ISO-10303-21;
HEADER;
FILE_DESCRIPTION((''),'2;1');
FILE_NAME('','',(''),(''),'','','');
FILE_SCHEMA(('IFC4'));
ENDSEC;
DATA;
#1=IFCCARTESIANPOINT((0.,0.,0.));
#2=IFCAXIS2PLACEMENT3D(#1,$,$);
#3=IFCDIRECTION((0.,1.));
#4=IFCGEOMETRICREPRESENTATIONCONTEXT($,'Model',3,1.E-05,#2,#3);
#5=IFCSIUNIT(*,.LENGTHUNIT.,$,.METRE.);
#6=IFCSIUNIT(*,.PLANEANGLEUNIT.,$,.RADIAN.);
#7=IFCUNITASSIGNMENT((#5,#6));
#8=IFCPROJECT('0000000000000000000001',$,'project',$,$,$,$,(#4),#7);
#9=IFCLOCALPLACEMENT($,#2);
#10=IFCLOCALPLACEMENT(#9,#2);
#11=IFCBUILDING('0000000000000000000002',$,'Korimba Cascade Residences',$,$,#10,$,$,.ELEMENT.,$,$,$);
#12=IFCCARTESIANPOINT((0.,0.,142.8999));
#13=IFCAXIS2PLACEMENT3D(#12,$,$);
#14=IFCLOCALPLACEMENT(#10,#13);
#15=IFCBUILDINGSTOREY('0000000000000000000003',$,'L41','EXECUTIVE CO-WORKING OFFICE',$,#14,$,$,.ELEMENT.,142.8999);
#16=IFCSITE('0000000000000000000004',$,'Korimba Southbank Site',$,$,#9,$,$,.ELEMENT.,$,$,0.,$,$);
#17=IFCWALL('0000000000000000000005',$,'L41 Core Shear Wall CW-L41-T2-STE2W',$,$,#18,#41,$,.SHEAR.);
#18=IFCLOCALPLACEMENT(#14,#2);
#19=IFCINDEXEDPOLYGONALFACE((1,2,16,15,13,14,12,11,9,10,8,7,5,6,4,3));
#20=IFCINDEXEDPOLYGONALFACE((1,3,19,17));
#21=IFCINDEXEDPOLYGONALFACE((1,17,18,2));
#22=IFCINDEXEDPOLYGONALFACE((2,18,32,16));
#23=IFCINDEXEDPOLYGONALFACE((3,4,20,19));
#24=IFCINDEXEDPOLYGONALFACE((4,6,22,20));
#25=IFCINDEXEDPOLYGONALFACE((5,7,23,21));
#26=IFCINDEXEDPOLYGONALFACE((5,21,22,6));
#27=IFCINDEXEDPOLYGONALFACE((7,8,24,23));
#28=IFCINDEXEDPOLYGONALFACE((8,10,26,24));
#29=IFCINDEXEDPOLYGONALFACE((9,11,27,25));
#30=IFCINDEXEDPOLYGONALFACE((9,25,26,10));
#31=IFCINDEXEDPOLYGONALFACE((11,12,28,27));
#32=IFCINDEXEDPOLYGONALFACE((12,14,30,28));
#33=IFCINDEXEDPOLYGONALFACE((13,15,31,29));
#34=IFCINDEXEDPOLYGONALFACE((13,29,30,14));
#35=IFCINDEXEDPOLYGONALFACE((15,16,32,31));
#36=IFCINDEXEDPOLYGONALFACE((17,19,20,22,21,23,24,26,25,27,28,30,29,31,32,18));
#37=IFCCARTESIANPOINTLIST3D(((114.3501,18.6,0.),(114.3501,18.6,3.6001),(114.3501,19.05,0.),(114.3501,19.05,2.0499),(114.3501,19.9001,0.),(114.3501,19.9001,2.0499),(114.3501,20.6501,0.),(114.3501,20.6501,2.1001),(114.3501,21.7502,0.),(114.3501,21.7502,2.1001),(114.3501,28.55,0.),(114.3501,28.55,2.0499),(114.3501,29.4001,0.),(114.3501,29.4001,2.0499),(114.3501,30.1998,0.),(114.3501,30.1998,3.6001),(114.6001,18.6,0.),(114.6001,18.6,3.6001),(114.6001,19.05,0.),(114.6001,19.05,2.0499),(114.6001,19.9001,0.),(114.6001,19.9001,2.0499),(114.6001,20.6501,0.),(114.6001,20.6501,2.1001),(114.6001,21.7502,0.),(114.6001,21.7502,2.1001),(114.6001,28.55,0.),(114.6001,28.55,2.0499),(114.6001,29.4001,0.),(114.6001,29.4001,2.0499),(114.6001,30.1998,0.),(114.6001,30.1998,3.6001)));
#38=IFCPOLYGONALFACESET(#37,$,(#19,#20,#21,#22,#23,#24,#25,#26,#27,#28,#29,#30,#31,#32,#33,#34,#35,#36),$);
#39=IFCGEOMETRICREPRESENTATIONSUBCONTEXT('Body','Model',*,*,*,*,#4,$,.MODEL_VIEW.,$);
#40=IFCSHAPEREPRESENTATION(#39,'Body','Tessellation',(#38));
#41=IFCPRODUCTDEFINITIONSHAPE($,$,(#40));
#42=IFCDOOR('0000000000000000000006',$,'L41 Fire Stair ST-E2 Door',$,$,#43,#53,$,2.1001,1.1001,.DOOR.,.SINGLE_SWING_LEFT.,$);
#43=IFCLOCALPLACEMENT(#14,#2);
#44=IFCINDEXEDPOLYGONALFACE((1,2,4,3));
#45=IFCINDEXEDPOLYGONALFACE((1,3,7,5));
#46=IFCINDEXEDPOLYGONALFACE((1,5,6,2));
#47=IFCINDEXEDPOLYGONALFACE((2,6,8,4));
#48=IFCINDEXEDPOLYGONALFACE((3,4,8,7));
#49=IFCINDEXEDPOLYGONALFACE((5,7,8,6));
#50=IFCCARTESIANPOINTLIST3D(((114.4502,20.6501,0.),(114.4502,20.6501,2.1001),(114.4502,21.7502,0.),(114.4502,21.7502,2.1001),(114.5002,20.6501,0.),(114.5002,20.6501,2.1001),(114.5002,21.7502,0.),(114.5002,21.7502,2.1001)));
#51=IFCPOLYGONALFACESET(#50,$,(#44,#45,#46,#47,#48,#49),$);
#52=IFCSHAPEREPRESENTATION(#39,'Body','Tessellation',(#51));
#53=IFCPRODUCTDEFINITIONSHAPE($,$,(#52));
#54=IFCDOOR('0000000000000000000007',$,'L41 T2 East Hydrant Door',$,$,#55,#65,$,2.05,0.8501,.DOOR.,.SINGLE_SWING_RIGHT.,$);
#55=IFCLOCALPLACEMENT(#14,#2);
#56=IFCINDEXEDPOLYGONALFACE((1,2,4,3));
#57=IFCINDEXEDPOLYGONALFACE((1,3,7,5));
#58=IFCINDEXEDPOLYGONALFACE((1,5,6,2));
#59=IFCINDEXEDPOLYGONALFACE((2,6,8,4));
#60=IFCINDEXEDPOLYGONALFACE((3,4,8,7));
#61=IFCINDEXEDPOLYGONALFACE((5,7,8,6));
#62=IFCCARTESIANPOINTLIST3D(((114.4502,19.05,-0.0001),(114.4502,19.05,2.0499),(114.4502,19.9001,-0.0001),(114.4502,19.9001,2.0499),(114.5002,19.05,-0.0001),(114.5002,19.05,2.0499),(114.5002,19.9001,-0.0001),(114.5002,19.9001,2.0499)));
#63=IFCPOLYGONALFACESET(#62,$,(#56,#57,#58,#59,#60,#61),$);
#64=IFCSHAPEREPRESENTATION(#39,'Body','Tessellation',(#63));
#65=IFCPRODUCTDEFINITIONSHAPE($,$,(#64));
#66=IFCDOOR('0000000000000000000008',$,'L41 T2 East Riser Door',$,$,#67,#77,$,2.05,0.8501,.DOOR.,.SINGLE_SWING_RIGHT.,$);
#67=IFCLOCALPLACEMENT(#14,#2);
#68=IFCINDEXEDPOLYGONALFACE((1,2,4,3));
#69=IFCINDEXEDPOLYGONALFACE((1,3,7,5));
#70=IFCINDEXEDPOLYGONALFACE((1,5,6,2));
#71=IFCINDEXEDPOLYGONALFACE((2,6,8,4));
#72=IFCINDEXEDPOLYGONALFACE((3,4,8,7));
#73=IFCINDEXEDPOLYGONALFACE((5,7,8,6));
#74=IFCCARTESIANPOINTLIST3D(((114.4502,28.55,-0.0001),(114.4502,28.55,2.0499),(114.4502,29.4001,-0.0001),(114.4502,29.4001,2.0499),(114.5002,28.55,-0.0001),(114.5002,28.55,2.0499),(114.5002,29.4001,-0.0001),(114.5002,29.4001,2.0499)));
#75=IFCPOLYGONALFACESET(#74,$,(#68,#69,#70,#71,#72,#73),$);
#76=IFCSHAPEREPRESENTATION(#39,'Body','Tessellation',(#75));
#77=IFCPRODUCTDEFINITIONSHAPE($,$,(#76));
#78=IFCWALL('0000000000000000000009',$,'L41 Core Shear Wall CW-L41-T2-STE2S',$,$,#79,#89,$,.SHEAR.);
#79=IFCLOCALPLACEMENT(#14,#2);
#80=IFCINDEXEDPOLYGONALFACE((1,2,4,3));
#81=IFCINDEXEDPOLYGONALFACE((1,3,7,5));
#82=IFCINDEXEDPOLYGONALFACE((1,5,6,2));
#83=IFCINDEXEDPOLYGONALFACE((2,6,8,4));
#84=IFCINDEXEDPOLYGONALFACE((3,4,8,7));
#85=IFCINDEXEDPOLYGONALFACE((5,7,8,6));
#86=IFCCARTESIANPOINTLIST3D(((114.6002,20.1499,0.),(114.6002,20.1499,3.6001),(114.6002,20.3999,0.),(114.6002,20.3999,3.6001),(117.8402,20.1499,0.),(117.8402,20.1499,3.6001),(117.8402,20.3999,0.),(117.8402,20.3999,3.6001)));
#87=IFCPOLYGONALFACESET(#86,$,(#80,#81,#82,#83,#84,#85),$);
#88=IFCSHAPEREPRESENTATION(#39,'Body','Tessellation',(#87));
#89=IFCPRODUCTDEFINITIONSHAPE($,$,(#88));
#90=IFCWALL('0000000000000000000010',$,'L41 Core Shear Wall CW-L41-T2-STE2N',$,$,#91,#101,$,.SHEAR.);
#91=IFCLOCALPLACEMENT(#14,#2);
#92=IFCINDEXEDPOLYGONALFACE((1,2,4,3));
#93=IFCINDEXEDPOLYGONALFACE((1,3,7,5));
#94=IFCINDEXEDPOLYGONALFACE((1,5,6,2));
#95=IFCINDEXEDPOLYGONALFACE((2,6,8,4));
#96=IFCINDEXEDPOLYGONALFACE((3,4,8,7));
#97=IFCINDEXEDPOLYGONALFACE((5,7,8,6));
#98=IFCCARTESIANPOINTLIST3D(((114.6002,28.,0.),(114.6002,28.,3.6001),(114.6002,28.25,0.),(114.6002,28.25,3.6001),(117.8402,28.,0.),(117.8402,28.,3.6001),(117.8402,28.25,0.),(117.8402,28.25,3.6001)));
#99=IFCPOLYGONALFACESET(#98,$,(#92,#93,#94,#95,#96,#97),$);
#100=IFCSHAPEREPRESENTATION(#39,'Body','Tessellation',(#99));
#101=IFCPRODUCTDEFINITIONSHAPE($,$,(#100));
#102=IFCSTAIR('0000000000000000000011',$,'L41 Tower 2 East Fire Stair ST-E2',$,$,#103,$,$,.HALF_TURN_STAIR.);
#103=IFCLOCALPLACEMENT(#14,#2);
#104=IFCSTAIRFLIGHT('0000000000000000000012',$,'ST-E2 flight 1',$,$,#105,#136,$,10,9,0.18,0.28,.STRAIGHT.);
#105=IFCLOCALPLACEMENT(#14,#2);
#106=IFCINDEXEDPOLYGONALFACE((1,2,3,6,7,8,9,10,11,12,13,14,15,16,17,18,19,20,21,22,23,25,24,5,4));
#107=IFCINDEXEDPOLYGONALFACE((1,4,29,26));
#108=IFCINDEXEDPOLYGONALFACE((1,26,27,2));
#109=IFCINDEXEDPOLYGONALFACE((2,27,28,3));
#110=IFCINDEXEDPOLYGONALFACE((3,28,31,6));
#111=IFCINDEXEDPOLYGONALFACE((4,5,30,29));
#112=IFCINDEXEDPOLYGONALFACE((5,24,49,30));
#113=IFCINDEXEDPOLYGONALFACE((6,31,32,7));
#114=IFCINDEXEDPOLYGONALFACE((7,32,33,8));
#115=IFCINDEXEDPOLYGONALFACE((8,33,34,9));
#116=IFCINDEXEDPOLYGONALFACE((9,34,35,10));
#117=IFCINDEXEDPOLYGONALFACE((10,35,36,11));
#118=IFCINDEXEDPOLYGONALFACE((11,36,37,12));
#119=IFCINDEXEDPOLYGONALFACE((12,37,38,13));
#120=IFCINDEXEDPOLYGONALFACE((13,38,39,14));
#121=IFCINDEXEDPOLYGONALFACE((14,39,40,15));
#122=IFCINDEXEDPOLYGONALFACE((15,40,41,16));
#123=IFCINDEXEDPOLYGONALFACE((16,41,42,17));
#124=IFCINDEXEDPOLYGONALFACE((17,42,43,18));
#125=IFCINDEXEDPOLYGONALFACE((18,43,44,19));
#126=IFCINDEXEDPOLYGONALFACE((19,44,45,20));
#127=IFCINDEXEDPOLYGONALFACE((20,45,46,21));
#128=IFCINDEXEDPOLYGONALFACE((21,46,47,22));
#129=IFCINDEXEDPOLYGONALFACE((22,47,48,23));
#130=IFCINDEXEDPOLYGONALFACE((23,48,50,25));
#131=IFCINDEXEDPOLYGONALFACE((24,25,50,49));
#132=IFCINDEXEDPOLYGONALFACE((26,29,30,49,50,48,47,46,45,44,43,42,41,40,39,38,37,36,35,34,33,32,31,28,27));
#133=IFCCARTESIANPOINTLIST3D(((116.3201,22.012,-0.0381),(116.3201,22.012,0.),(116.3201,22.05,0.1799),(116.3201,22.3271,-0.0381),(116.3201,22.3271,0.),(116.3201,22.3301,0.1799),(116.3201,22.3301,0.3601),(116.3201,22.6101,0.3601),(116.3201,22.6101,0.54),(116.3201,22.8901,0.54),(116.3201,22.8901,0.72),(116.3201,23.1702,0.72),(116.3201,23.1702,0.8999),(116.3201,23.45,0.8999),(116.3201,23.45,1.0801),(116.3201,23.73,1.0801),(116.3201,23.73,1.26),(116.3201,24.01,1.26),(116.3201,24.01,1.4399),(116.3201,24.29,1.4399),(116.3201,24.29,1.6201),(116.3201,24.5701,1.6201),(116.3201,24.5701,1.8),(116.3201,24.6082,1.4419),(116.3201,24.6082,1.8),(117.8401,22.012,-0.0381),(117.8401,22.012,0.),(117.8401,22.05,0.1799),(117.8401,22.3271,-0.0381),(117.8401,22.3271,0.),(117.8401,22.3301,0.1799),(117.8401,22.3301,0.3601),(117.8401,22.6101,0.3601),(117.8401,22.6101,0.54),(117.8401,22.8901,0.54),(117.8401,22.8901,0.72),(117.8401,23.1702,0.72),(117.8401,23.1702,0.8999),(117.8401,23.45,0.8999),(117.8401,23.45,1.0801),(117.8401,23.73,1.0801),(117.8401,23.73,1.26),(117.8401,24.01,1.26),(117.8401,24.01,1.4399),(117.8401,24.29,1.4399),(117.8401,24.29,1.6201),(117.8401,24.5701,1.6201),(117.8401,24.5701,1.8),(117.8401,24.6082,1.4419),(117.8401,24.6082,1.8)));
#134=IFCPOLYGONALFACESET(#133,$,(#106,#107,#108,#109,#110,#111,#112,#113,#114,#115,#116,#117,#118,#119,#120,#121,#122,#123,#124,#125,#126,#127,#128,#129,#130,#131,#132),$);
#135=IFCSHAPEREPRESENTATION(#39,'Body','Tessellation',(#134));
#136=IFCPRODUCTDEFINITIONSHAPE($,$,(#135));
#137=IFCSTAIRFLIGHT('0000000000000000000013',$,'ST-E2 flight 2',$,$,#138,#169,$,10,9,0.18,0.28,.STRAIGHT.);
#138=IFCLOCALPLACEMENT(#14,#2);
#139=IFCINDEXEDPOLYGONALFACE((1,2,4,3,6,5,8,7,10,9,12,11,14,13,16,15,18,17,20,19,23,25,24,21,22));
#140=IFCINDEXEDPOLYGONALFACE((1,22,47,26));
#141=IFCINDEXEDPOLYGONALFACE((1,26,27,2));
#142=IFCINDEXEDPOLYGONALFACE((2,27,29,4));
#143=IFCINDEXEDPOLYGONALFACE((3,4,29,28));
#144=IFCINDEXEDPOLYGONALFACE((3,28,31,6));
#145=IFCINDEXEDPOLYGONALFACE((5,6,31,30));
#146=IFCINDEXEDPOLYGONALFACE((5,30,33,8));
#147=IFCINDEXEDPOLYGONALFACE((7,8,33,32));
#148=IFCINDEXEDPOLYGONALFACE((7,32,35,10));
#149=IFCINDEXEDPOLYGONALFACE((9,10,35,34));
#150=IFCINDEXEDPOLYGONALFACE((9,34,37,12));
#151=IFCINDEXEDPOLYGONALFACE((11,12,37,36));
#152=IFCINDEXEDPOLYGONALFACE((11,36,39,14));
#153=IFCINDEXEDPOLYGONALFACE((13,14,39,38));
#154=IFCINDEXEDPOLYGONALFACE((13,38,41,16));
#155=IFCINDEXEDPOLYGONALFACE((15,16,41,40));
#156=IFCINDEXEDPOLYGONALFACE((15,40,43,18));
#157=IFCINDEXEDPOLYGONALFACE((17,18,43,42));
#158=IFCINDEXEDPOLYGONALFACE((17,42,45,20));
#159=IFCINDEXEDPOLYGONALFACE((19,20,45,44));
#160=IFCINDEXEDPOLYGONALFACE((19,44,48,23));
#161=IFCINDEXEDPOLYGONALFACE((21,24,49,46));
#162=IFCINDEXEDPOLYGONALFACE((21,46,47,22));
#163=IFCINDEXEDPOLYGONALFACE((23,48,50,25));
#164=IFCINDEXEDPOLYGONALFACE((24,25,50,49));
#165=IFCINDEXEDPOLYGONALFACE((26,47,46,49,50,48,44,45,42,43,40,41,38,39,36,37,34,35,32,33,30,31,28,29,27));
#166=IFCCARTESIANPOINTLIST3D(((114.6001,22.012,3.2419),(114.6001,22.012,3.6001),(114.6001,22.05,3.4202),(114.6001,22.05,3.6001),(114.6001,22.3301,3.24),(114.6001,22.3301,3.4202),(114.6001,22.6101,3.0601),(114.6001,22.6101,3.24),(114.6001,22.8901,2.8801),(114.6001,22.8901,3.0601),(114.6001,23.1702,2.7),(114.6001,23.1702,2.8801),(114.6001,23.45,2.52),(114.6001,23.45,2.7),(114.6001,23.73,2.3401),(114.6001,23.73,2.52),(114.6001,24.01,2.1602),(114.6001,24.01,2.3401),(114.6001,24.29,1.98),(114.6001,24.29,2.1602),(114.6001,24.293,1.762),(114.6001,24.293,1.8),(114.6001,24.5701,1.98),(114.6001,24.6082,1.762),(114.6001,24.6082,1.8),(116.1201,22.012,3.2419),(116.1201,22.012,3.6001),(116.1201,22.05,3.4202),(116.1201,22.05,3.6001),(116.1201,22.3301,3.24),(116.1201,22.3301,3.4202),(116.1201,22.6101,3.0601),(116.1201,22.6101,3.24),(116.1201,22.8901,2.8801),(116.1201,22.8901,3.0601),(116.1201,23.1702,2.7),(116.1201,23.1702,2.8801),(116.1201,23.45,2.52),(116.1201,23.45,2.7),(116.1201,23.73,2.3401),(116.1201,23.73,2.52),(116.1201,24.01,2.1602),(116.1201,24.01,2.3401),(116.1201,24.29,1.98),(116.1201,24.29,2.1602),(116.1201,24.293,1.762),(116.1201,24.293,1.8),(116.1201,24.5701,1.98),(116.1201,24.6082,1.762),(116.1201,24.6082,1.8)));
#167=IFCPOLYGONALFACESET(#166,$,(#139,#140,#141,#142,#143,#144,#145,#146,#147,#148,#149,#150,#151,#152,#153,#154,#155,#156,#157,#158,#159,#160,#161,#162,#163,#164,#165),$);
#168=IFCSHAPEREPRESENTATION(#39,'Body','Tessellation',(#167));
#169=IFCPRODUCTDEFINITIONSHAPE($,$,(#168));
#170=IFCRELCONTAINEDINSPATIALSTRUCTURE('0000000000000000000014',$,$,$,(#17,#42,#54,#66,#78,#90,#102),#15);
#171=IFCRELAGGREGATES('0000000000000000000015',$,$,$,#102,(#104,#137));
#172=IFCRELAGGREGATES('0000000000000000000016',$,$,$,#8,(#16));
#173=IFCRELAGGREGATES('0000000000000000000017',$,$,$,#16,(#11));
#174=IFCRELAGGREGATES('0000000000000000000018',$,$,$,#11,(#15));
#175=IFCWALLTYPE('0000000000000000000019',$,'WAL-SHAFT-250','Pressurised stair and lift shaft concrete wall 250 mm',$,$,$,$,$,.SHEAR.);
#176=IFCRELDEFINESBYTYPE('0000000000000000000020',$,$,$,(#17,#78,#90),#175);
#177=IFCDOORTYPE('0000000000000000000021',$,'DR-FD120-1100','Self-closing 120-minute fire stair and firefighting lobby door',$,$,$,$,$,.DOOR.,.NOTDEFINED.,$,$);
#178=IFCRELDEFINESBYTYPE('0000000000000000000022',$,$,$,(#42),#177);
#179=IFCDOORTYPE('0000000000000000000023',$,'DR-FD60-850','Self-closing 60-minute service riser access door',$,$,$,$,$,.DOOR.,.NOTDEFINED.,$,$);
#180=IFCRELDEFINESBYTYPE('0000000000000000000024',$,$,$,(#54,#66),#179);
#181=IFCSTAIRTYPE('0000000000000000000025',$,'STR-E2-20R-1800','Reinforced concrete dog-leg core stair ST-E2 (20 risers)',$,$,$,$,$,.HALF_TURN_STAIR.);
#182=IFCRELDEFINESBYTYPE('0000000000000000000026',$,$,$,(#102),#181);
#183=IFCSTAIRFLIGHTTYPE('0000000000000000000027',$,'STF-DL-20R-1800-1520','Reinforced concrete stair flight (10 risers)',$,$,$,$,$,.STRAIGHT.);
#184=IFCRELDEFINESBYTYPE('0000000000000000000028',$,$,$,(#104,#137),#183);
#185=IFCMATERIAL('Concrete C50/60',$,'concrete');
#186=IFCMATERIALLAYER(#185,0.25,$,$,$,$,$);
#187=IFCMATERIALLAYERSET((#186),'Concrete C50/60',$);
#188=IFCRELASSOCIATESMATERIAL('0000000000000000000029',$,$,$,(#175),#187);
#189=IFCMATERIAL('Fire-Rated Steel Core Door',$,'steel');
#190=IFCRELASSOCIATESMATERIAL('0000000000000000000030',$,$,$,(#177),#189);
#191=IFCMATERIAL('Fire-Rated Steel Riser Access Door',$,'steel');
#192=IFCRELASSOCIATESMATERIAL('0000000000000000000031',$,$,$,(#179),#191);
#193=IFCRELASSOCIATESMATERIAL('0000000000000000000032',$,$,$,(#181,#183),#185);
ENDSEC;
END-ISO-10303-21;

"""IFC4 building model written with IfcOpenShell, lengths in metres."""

from ifc_helpers import new_model, si_unit, direction, frame, frame_2d, origin, place, context, subcontext, project, spatial, polyline, rectangle, outline, extrude, material, layer, layer_set, type_object, element, fill, aggregate, save


model = new_model("IFC4")

# Units and contexts
model_context = context("Model", 3, precision=1e-05, world=origin(), true_north=direction((0.0, 1.0)))
body_context = subcontext(model_context, "Body", "Model", "MODEL_VIEW")
ifc_project = project(units=[si_unit("LENGTHUNIT", "METRE"), si_unit("PLANEANGLEUNIT", "RADIAN")], contexts=[model_context])

# Site, building, storey
site_placement = place(None, origin())
site = spatial("IfcSite", under=ifc_project, at=site_placement, Name="Korimba Southbank Site", CompositionType="ELEMENT", RefElevation=0.0)
building_placement = place(site_placement, origin())
building = spatial("IfcBuilding", under=site, at=building_placement, Name="Korimba Cascade Residences", CompositionType="ELEMENT")
storey_placement = place(building_placement, frame((0.0, 0.0, 142.8999)))
storey = spatial("IfcBuildingStorey", under=building, at=storey_placement, Name="L41", Description="EXECUTIVE CO-WORKING OFFICE", CompositionType="ELEMENT", Elevation=142.8999)

# Wall, openings, doors
ifc_material_1 = material(Name="Concrete C50/60", Category="concrete")
ifc_layer_1 = layer(ifc_material_1, 0.25)
ifc_layer_set_1 = layer_set([ifc_layer_1], Name="Concrete C50/60")
wall_type_1 = type_object("IfcWallType", Name="WAL-SHAFT-250", Description="Pressurised stair and lift shaft concrete wall 250 mm", PredefinedType="SHEAR", material=ifc_layer_set_1)
wall_1_placement = place(storey_placement, frame((114.4751, 18.6001, 0.0), z_axis=(0.0, 0.0, 1.0), x_axis=(0.0, 1.0, 0.0)))
wall_1 = element("IfcWall", 1, at=wall_1_placement, inside=storey, type_object=wall_type_1, Name="L41 Core Shear Wall CW-L41-T2-STE2W", PredefinedType="SHEAR", context=body_context, shape_type="SweptSolid", body=[
    extrude(rectangle(XDim=11.5999, YDim=0.25, at=frame_2d((5.7998, 0.0))), origin(), (0.0, 0.0, 1.0), 3.6001),
])
opening_1_placement = place(wall_1_placement, frame((0.45, 0.0, 0.0)))
opening_1 = element("IfcOpeningElement", 2, at=opening_1_placement, cuts=wall_1, PredefinedType="OPENING", context=body_context, shape_type="SweptSolid", body=[
    extrude(rectangle(XDim=0.8501, YDim=2.05, at=frame_2d((0.425, 1.0249))), frame((0.0, 0.135, 0.0), z_axis=(0.0, -1.0, 0.0), x_axis=(1.0, 0.0, 0.0)), (0.0, 0.0, 1.0), 0.27),
])
opening_2_placement = place(wall_1_placement, frame((2.05, 0.0, 0.0)))
opening_2 = element("IfcOpeningElement", 3, at=opening_2_placement, cuts=wall_1, PredefinedType="OPENING", context=body_context, shape_type="SweptSolid", body=[
    extrude(rectangle(XDim=1.1001, YDim=2.1001, at=frame_2d((0.55, 1.05))), frame((0.0, 0.135, 0.0), z_axis=(0.0, -1.0, 0.0), x_axis=(1.0, 0.0, 0.0)), (0.0, 0.0, 1.0), 0.27),
])
opening_3_placement = place(wall_1_placement, frame((9.95, 0.0, 0.0)))
opening_3 = element("IfcOpeningElement", 4, at=opening_3_placement, cuts=wall_1, PredefinedType="OPENING", context=body_context, shape_type="SweptSolid", body=[
    extrude(rectangle(XDim=0.8501, YDim=2.05, at=frame_2d((0.425, 1.0249))), frame((0.0, 0.135, 0.0), z_axis=(0.0, -1.0, 0.0), x_axis=(1.0, 0.0, 0.0)), (0.0, 0.0, 1.0), 0.27),
])
ifc_material_2 = material(Name="Fire-Rated Steel Core Door", Category="steel")
door_type_1 = type_object("IfcDoorType", Name="DR-FD120-1100", Description="Self-closing 120-minute fire stair and firefighting lobby door", OperationType="NOTDEFINED", PredefinedType="DOOR", material=ifc_material_2)
door_1_placement = place(opening_2_placement, origin())
door_1 = element("IfcDoor", 5, at=door_1_placement, inside=storey, type_object=door_type_1, Name="L41 Fire Stair ST-E2 Door", OperationType="SINGLE_SWING_LEFT", OverallHeight=2.1001, OverallWidth=1.1001, PredefinedType="DOOR", context=body_context, shape_type="SweptSolid", body=[
    extrude(rectangle(XDim=1.1001, YDim=2.1001, at=frame_2d((0.55, 1.05))), frame((0.0, 0.0249, 0.0), z_axis=(0.0, -1.0, 0.0), x_axis=(1.0, 0.0, 0.0)), (0.0, 0.0, 1.0), 0.05),
])
fill(opening_2, door_1)
ifc_material_3 = material(Name="Fire-Rated Steel Riser Access Door", Category="steel")
door_type_2 = type_object("IfcDoorType", Name="DR-FD60-850", Description="Self-closing 60-minute service riser access door", OperationType="NOTDEFINED", PredefinedType="DOOR", material=ifc_material_3)
door_2_placement = place(opening_1_placement, origin())
door_2 = element("IfcDoor", 6, at=door_2_placement, inside=storey, type_object=door_type_2, Name="L41 T2 East Hydrant Door", OperationType="SINGLE_SWING_RIGHT", OverallHeight=2.05, OverallWidth=0.8501, PredefinedType="DOOR", context=body_context, shape_type="SweptSolid", body=[
    extrude(rectangle(XDim=0.8501, YDim=2.05, at=frame_2d((0.425, 1.0249))), frame((0.0, 0.0249, 0.0), z_axis=(0.0, -1.0, 0.0), x_axis=(1.0, 0.0, 0.0)), (0.0, 0.0, 1.0), 0.05),
])
fill(opening_1, door_2)
door_3_placement = place(opening_3_placement, origin())
door_3 = element("IfcDoor", 7, at=door_3_placement, inside=storey, type_object=door_type_2, Name="L41 T2 East Riser Door", OperationType="SINGLE_SWING_RIGHT", OverallHeight=2.05, OverallWidth=0.8501, PredefinedType="DOOR", context=body_context, shape_type="SweptSolid", body=[
    extrude(rectangle(XDim=0.8501, YDim=2.05, at=frame_2d((0.425, 1.0249))), frame((0.0, 0.0249, 0.0), z_axis=(0.0, -1.0, 0.0), x_axis=(1.0, 0.0, 0.0)), (0.0, 0.0, 1.0), 0.05),
])
fill(opening_3, door_3)

# Walls
for number, where, z_axis, x_axis, name in (
    (8, (114.6001, 20.2749, 0.0), (0.0, 0.0, 1.0), (1.0, 0.0, 0.0), "L41 Core Shear Wall CW-L41-T2-STE2S"),
    (9, (114.6001, 28.125, 0.0), (0.0, 0.0, 1.0), (1.0, 0.0, 0.0), "L41 Core Shear Wall CW-L41-T2-STE2N"),
):
    element("IfcWall", number, at=place(storey_placement, frame(where, z_axis=z_axis, x_axis=x_axis)), inside=storey, type_object=wall_type_1, Name=name, PredefinedType="SHEAR", context=body_context, shape_type="SweptSolid", body=[
        extrude(rectangle(XDim=3.24, YDim=0.25, at=frame_2d((1.6201, 0.0))), origin(), (0.0, 0.0, 1.0), 3.6001),
    ])

# Stair, stair flights
stair_type = type_object("IfcStairType", Name="STR-E2-20R-1800", Description="Reinforced concrete dog-leg core stair ST-E2 (20 risers)", PredefinedType="HALF_TURN_STAIR", material=ifc_material_1)
stair_placement = place(storey_placement, origin())
stair = element("IfcStair", 10, at=stair_placement, inside=storey, type_object=stair_type, Name="L41 Tower 2 East Fire Stair ST-E2", PredefinedType="HALF_TURN_STAIR")
stair_flight_type = type_object("IfcStairFlightType", Name="STF-DL-20R-1800-1520", Description="Reinforced concrete stair flight (10 risers)", PredefinedType="STRAIGHT", material=ifc_material_1)
stair_flight_1_placement = place(storey_placement, frame((117.0801, 22.05, 0.0), z_axis=(0.0, 0.0, 1.0), x_axis=(0.0, 1.0, 0.0)))
stair_flight_1 = element("IfcStairFlight", 11, at=stair_flight_1_placement, type_object=stair_flight_type, Name="ST-E2 flight 1", NumberOfRisers=10, NumberOfTreads=9, PredefinedType="STRAIGHT", RiserHeight=0.18, TreadLength=0.28, context=body_context, shape_type="SweptSolid", body=[
    extrude(outline(polyline([(-0.0381, 0.0), (0.0, 0.1799), (0.28, 0.1799), (0.28, 0.3601), (0.5601, 0.3601), (0.5601, 0.54), (0.8401, 0.54), (0.8401, 0.72), (1.1201, 0.72), (1.1201, 0.8999), (1.3999, 0.8999), (1.3999, 1.0801), (1.6799, 1.0801), (1.6799, 1.26), (1.96, 1.26), (1.96, 1.4399), (2.24, 1.4399), (2.24, 1.6201), (2.52, 1.6201), (2.52, 1.8), (2.5581, 1.8), (2.5581, 1.4419), (0.2771, 0.0), (0.2771, -0.0381), (-0.0381, -0.0381), (-0.0381, 0.0)])), frame((0.0, 0.76, 0.0), z_axis=(0.0, -1.0, 0.0), x_axis=(1.0, 0.0, 0.0)), (0.0, 0.0, 1.0), 1.52),
])
stair_flight_2_placement = place(storey_placement, frame((115.3601, 24.5701, 1.8), z_axis=(0.0, 0.0, 1.0), x_axis=(0.0, -1.0, 0.0)))
stair_flight_2 = element("IfcStairFlight", 12, at=stair_flight_2_placement, type_object=stair_flight_type, Name="ST-E2 flight 2", NumberOfRisers=10, NumberOfTreads=9, PredefinedType="STRAIGHT", RiserHeight=0.18, TreadLength=0.28, context=body_context, shape_type="SweptSolid", body=[
    extrude(outline(polyline([(-0.0381, 0.0), (0.0, 0.1799), (0.28, 0.1799), (0.28, 0.3601), (0.5601, 0.3601), (0.5601, 0.54), (0.8401, 0.54), (0.8401, 0.72), (1.1201, 0.72), (1.1201, 0.8999), (1.3999, 0.8999), (1.3999, 1.0801), (1.6799, 1.0801), (1.6799, 1.26), (1.96, 1.26), (1.96, 1.4399), (2.24, 1.4399), (2.24, 1.6201), (2.52, 1.6201), (2.52, 1.8), (2.5581, 1.8), (2.5581, 1.4419), (0.2771, 0.0), (0.2771, -0.0381), (-0.0381, -0.0381), (-0.0381, 0.0)])), frame((0.0, 0.76, 0.0), z_axis=(0.0, -1.0, 0.0), x_axis=(1.0, 0.0, 0.0)), (0.0, 0.0, 1.0), 1.52),
])
aggregate(stair, [stair_flight_1, stair_flight_2])

save(model, "model.ifc")
